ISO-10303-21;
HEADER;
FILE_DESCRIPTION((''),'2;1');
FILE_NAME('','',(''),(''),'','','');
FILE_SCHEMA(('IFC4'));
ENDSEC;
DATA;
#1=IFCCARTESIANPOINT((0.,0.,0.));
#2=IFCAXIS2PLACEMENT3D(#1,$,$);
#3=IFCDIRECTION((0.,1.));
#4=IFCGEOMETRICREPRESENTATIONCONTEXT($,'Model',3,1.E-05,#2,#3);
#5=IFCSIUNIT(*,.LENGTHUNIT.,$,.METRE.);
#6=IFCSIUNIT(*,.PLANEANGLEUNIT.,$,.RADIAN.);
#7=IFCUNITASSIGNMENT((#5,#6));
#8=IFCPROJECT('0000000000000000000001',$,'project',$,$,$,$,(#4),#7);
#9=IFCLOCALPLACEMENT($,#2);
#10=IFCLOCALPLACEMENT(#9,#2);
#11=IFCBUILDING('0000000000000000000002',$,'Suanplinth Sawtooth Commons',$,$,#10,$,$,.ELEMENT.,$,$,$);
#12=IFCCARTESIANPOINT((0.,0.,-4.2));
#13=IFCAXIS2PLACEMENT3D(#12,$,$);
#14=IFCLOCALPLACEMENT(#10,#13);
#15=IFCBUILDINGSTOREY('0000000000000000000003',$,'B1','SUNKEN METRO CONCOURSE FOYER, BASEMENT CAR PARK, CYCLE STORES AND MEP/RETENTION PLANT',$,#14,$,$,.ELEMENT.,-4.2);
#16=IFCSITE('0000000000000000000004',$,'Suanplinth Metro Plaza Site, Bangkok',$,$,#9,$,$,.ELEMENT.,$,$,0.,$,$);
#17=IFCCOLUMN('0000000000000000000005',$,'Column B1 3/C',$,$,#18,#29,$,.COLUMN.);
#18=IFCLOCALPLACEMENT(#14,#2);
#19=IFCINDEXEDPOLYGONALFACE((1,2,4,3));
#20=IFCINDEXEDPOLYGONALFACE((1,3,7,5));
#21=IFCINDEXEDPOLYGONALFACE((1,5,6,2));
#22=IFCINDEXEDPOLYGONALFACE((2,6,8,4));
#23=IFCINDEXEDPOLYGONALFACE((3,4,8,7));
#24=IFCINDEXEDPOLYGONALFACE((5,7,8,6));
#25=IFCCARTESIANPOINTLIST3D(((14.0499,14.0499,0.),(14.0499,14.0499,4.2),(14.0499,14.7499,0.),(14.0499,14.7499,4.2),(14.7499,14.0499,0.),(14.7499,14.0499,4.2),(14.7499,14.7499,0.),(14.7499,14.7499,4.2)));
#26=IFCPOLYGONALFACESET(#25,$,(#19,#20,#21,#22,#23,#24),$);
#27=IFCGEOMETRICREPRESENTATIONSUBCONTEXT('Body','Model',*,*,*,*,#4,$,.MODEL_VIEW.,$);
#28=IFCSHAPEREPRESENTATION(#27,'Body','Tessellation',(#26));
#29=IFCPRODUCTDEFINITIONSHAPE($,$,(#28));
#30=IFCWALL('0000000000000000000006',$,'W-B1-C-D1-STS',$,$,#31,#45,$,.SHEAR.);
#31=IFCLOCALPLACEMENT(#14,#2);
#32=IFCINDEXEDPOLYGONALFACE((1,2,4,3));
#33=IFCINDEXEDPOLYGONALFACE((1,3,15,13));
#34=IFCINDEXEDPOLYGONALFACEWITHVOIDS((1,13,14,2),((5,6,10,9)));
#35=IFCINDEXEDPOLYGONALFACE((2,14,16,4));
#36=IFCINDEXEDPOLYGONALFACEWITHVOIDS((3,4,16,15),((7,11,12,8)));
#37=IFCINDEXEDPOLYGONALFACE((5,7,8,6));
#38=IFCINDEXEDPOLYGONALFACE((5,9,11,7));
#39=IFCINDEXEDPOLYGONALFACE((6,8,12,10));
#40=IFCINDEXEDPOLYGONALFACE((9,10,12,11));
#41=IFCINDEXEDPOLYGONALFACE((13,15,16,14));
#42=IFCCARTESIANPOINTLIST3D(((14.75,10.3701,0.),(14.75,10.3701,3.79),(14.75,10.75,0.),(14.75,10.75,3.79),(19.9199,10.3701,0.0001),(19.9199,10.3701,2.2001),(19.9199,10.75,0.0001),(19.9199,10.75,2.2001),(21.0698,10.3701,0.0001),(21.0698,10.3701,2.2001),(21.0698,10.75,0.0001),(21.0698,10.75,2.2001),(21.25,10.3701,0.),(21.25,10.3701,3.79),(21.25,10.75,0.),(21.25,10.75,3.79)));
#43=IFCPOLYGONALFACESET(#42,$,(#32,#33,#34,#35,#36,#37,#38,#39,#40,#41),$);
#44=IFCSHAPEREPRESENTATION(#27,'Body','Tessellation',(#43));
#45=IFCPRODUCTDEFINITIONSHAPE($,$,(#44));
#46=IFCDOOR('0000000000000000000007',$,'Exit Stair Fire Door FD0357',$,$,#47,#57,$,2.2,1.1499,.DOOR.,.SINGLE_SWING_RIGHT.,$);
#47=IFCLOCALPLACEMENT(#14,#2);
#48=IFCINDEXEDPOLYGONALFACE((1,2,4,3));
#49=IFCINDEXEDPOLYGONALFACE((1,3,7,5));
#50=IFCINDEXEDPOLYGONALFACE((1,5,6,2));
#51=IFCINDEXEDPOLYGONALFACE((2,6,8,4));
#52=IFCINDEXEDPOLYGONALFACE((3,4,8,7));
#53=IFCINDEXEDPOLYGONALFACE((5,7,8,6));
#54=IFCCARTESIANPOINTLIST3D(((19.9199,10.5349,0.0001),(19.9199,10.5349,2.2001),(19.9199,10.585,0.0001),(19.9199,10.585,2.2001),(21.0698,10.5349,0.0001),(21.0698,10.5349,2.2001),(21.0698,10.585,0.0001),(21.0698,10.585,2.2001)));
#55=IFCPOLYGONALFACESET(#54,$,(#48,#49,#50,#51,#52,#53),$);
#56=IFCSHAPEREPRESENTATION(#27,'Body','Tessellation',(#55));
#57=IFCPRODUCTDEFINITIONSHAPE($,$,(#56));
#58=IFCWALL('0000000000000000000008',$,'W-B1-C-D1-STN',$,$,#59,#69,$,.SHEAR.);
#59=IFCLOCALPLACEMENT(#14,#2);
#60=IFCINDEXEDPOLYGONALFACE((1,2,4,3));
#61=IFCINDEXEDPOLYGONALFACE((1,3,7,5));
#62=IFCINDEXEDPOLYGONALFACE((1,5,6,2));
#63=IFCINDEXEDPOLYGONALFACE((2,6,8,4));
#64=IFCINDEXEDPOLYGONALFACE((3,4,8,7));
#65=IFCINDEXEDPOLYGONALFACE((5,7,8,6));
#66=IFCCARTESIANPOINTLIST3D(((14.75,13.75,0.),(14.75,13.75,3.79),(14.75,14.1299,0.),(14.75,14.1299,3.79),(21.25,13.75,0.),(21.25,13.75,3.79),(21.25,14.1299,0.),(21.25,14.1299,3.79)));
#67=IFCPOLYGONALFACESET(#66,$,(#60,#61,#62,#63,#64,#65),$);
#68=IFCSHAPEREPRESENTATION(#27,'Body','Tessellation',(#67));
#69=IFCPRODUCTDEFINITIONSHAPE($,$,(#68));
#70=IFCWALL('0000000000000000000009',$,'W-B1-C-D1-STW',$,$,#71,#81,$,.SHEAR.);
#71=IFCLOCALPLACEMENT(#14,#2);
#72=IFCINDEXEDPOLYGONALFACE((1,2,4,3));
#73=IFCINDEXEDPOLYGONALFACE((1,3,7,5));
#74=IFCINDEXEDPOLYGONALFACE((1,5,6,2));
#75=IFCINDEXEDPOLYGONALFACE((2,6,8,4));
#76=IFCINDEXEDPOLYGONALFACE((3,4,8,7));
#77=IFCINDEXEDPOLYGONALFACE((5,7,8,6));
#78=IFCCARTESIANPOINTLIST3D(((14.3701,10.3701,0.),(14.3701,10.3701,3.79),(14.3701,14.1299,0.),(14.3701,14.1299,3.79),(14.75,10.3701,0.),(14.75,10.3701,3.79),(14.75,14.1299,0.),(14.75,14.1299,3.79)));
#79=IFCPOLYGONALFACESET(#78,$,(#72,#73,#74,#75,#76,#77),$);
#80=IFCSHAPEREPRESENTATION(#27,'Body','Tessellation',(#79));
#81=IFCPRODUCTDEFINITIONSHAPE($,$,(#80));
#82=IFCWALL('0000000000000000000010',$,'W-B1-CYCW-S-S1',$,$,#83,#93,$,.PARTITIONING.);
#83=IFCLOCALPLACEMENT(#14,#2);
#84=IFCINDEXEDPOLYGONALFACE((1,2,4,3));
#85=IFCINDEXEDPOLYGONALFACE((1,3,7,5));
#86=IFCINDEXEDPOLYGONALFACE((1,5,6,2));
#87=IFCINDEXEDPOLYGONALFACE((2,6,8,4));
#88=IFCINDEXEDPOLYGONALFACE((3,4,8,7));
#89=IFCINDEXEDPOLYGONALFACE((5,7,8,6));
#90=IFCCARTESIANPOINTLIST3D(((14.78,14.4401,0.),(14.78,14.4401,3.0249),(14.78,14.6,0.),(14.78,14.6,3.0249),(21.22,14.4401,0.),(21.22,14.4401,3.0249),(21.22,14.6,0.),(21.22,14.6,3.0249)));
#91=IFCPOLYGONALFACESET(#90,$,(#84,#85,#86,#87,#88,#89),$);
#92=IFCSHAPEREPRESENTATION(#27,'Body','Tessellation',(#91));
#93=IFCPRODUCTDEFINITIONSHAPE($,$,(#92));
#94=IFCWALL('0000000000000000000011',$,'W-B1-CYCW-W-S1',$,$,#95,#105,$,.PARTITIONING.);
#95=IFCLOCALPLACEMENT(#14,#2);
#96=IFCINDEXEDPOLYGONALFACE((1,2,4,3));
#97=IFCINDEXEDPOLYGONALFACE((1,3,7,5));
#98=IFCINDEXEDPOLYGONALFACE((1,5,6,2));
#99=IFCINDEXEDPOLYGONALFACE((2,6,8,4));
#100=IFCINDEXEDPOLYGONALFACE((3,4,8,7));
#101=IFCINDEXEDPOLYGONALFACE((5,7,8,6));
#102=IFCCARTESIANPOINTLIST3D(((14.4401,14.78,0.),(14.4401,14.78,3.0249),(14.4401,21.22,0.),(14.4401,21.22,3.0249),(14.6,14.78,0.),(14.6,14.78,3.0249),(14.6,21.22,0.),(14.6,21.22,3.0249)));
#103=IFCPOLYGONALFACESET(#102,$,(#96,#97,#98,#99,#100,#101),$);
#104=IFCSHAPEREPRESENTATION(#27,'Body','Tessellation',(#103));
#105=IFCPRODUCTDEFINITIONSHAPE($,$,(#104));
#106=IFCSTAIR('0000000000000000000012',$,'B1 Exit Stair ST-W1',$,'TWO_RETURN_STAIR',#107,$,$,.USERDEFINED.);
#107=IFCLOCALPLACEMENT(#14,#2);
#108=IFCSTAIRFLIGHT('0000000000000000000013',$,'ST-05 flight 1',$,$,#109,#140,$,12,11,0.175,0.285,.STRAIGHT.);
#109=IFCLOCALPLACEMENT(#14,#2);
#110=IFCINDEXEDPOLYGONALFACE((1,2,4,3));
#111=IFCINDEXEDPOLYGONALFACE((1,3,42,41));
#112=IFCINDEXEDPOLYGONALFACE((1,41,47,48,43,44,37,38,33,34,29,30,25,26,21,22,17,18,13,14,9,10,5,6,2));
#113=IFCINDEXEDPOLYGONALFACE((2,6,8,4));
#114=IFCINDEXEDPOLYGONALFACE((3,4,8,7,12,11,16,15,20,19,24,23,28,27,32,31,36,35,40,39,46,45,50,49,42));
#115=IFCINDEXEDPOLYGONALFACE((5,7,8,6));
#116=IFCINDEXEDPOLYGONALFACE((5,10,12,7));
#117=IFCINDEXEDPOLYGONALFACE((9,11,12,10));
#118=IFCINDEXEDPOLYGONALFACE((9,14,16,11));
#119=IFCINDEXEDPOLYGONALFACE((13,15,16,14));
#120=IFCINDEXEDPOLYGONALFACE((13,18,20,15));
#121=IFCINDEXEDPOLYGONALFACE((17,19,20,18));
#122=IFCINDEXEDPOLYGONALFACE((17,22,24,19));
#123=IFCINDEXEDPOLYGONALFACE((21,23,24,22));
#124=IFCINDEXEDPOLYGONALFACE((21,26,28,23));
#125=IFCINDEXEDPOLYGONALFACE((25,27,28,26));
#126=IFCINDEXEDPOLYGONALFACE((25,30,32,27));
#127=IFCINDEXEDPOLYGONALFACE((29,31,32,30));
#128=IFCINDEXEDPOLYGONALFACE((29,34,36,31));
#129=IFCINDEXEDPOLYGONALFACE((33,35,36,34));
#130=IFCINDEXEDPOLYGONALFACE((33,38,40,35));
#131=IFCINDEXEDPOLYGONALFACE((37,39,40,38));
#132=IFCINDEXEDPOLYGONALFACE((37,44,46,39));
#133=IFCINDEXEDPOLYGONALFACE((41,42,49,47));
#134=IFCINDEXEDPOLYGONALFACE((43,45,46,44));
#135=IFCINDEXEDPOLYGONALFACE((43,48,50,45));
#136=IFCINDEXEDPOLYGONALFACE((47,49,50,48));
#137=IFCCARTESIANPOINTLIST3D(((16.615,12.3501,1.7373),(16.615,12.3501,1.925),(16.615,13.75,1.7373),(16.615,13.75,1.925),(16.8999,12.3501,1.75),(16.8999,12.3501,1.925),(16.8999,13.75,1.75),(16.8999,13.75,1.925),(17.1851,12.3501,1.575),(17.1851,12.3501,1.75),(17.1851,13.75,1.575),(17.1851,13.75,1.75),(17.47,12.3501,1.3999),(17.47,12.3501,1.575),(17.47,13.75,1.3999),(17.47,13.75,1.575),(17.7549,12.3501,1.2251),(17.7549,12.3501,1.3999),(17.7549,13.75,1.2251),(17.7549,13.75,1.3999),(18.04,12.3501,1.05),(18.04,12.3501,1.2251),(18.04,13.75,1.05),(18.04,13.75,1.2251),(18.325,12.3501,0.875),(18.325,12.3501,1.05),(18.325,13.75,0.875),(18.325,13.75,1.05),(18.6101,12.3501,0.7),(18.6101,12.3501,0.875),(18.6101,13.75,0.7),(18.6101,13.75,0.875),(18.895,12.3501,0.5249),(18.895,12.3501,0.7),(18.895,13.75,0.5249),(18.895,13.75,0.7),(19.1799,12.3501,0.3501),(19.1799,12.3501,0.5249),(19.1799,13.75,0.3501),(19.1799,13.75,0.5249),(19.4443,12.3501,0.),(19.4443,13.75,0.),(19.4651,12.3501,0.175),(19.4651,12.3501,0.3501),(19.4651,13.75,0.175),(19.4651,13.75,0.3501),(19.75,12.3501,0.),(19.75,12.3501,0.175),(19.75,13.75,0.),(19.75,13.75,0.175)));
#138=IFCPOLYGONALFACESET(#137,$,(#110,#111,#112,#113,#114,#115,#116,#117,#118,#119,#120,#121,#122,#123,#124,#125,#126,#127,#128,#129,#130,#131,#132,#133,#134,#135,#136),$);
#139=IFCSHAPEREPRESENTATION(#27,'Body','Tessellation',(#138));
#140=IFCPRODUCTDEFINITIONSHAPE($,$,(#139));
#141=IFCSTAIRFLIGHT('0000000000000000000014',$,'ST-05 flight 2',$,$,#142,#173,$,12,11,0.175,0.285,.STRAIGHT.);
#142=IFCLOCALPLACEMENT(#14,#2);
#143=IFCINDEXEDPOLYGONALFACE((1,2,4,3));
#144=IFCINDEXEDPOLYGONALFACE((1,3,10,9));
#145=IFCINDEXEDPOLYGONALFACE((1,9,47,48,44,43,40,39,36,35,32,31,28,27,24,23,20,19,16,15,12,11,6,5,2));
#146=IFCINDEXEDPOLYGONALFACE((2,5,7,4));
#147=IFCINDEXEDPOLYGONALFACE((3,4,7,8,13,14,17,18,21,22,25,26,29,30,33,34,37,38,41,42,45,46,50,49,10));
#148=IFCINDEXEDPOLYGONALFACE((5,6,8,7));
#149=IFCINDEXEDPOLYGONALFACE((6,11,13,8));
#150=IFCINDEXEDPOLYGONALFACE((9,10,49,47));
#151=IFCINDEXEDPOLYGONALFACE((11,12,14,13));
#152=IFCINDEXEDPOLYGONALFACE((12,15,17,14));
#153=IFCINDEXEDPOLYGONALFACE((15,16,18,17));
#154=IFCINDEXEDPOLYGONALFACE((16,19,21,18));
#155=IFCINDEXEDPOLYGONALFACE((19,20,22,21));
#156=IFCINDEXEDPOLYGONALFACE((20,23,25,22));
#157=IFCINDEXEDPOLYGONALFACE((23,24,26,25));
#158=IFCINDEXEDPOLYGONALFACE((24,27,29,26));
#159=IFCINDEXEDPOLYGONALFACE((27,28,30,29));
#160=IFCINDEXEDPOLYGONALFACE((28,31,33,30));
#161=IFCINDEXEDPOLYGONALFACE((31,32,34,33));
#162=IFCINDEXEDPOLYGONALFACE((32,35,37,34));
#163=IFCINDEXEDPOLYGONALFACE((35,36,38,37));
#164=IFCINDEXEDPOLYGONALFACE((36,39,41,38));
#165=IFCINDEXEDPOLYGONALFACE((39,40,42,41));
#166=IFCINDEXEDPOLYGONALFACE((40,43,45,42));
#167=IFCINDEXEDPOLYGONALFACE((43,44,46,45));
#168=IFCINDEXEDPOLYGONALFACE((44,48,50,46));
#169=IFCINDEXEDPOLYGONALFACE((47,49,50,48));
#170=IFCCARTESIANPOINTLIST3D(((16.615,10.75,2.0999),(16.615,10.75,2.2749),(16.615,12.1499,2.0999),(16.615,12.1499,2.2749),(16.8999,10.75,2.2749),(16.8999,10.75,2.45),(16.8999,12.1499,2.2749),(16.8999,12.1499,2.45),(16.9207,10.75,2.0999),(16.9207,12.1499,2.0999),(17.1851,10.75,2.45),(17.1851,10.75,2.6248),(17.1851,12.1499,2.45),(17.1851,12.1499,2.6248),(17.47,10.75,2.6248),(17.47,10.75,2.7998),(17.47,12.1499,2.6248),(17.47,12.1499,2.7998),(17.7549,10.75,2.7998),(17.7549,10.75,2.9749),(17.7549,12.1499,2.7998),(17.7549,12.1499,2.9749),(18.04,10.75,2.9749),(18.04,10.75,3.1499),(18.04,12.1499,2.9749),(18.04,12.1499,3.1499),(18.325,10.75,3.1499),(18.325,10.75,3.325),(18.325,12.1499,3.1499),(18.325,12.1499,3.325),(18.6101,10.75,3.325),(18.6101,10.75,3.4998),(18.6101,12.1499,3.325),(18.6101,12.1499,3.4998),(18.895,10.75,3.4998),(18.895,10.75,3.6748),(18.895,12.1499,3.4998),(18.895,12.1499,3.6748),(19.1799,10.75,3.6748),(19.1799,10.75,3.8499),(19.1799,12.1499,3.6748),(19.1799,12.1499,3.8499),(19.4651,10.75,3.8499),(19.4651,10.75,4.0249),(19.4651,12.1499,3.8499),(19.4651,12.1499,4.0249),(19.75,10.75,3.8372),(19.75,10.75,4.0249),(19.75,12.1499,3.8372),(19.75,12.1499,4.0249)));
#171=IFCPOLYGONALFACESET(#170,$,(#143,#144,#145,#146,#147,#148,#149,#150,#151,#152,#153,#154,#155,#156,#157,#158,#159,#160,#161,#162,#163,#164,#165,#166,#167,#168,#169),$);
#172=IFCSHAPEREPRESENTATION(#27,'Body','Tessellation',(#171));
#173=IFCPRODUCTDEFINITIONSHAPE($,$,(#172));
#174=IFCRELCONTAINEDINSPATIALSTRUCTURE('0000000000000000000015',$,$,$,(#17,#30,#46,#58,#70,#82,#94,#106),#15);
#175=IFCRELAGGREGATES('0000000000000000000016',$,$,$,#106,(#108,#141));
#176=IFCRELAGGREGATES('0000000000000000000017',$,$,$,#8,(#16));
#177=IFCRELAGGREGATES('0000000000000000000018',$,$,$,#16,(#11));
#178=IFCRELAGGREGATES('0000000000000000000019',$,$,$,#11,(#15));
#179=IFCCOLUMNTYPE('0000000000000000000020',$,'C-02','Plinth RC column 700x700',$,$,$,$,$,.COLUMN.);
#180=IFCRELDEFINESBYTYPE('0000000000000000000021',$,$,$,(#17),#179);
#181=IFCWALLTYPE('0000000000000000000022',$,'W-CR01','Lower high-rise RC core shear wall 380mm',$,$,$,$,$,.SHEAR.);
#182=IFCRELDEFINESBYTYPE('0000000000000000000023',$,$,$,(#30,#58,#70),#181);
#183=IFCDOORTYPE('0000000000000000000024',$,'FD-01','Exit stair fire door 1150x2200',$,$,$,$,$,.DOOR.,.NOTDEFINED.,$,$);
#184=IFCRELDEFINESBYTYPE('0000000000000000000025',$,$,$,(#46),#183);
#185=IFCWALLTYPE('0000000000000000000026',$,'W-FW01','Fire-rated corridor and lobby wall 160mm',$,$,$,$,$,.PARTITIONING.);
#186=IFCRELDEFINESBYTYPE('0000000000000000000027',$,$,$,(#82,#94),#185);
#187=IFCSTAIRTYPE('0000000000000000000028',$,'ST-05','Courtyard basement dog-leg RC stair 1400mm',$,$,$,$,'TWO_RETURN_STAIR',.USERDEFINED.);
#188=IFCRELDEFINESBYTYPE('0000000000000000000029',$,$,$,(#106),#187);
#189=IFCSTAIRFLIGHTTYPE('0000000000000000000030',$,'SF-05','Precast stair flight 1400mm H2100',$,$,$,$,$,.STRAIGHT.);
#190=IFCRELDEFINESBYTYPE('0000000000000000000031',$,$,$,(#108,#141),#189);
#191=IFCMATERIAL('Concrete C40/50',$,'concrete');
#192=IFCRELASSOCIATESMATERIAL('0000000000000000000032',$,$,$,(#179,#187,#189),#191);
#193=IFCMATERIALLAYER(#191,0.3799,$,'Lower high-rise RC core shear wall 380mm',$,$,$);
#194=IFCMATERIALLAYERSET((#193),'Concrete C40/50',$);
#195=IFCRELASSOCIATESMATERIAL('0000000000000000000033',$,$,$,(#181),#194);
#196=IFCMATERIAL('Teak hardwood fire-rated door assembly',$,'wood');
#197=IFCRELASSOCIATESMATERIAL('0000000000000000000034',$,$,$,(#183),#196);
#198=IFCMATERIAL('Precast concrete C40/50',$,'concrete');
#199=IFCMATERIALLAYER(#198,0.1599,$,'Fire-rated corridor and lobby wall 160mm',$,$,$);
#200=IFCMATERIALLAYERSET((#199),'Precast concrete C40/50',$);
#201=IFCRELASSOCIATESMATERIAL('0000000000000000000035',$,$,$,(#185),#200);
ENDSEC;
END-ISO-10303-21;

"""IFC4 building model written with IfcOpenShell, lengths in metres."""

from ifc_helpers import new_model, si_unit, direction, frame, frame_2d, origin, origin_2d, place, context, subcontext, project, spatial, polyline, rectangle, outline, extrude, material, layer, layer_set, material_profile, profile_set, type_object, element, fill, aggregate, save


model = new_model("IFC4")

# Units and contexts
model_context = context("Model", 3, precision=1e-05, world=origin(), true_north=direction((0.0, 1.0)))
body_context = subcontext(model_context, "Body", "Model", "MODEL_VIEW")
ifc_project = project(units=[si_unit("LENGTHUNIT", "METRE"), si_unit("PLANEANGLEUNIT", "RADIAN")], contexts=[model_context])

# Site, building, storey
site_placement = place(None, origin())
site = spatial("IfcSite", under=ifc_project, at=site_placement, Name="Suanplinth Metro Plaza Site, Bangkok", CompositionType="ELEMENT", RefElevation=0.0)
building_placement = place(site_placement, origin())
building = spatial("IfcBuilding", under=site, at=building_placement, Name="Suanplinth Sawtooth Commons", CompositionType="ELEMENT")
storey_placement = place(building_placement, frame((0.0, 0.0, -4.2)))
storey = spatial("IfcBuildingStorey", under=building, at=storey_placement, Name="B1", Description="SUNKEN METRO CONCOURSE FOYER, BASEMENT CAR PARK, CYCLE STORES AND MEP/RETENTION PLANT", CompositionType="ELEMENT", Elevation=-4.2)

# Column
ifc_material_1 = material(Name="Concrete C40/50", Category="concrete")
ifc_material_profile_1 = material_profile(ifc_material_1, rectangle(XDim=0.7, YDim=0.7, at=origin_2d()), Name="RC-COL 700x700")
ifc_profile_set_1 = profile_set([ifc_material_profile_1], Name="Concrete C40/50")
column_type = type_object("IfcColumnType", Name="C-02", Description="Plinth RC column 700x700", PredefinedType="COLUMN", material=ifc_profile_set_1)
column_placement = place(storey_placement, frame((14.3999, 14.3999, 0.0), z_axis=(0.0, 0.0, 1.0), x_axis=(1.0, 0.0, 0.0)))
element("IfcColumn", 1, at=column_placement, inside=storey, type_object=column_type, Name="Column B1 3/C", PredefinedType="COLUMN", context=body_context, shape_type="SweptSolid", body=[
    extrude(rectangle(XDim=0.7, YDim=0.7, at=origin_2d()), origin(), (0.0, 0.0, 1.0), 4.2),
])

# Wall, opening, door
ifc_layer_1 = layer(ifc_material_1, 0.3799, Name="Lower high-rise RC core shear wall 380mm")
ifc_layer_set_1 = layer_set([ifc_layer_1], Name="Concrete C40/50")
wall_type_1 = type_object("IfcWallType", Name="W-CR01", Description="Lower high-rise RC core shear wall 380mm", PredefinedType="SHEAR", material=ifc_layer_set_1)
wall_1_placement = place(storey_placement, frame((14.75, 10.5601, 0.0), z_axis=(0.0, 0.0, 1.0), x_axis=(1.0, 0.0, 0.0)))
wall_1 = element("IfcWall", 2, at=wall_1_placement, inside=storey, type_object=wall_type_1, Name="W-B1-C-D1-STS", PredefinedType="SHEAR", context=body_context, shape_type="SweptSolid", body=[
    extrude(rectangle(XDim=6.5, YDim=0.3799, at=frame_2d((3.25, 0.0))), origin(), (0.0, 0.0, 1.0), 3.79),
])
opening_placement = place(wall_1_placement, frame((5.1699, 0.0, 0.0)))
opening = element("IfcOpeningElement", 3, at=opening_placement, cuts=wall_1, PredefinedType="OPENING", context=body_context, shape_type="SweptSolid", body=[
    extrude(rectangle(XDim=1.1499, YDim=2.2, at=frame_2d((0.575, 1.1001))), frame((0.0, 0.2048, 0.0), z_axis=(0.0, -1.0, 0.0), x_axis=(1.0, 0.0, 0.0)), (0.0, 0.0, 1.0), 0.4097),
])
ifc_material_2 = material(Name="Teak hardwood fire-rated door assembly", Category="wood")
door_type = type_object("IfcDoorType", Name="FD-01", Description="Exit stair fire door 1150x2200", OperationType="NOTDEFINED", PredefinedType="DOOR", material=ifc_material_2)
door_placement = place(opening_placement, origin())
door = element("IfcDoor", 4, at=door_placement, inside=storey, type_object=door_type, Name="Exit Stair Fire Door FD0357", OperationType="SINGLE_SWING_RIGHT", OverallHeight=2.2, OverallWidth=1.1499, PredefinedType="DOOR", context=body_context, shape_type="SweptSolid", body=[
    extrude(rectangle(XDim=1.1499, YDim=2.2, at=frame_2d((0.575, 1.1001))), frame((0.0, 0.0249, 0.0), z_axis=(0.0, -1.0, 0.0), x_axis=(1.0, 0.0, 0.0)), (0.0, 0.0, 1.0), 0.05),
])
fill(opening, door)

# Walls
wall_2_placement = place(storey_placement, frame((14.75, 13.9399, 0.0), z_axis=(0.0, 0.0, 1.0), x_axis=(1.0, 0.0, 0.0)))
element("IfcWall", 5, at=wall_2_placement, inside=storey, type_object=wall_type_1, Name="W-B1-C-D1-STN", PredefinedType="SHEAR", context=body_context, shape_type="SweptSolid", body=[
    extrude(rectangle(XDim=6.5, YDim=0.3799, at=frame_2d((3.25, 0.0))), origin(), (0.0, 0.0, 1.0), 3.79),
])
wall_3_placement = place(storey_placement, frame((14.5601, 10.3701, 0.0), z_axis=(0.0, 0.0, 1.0), x_axis=(0.0, 1.0, 0.0)))
element("IfcWall", 6, at=wall_3_placement, inside=storey, type_object=wall_type_1, Name="W-B1-C-D1-STW", PredefinedType="SHEAR", context=body_context, shape_type="SweptSolid", body=[
    extrude(rectangle(XDim=3.7598, YDim=0.3799, at=frame_2d((1.8799, 0.0))), origin(), (0.0, 0.0, 1.0), 3.79),
])
ifc_material_3 = material(Name="Precast concrete C40/50", Category="concrete")
ifc_layer_2 = layer(ifc_material_3, 0.1599, Name="Fire-rated corridor and lobby wall 160mm")
ifc_layer_set_2 = layer_set([ifc_layer_2], Name="Precast concrete C40/50")
wall_type_2 = type_object("IfcWallType", Name="W-FW01", Description="Fire-rated corridor and lobby wall 160mm", PredefinedType="PARTITIONING", material=ifc_layer_set_2)
for number, where, z_axis, x_axis, name in (
    (7, (14.78, 14.52, 0.0), (0.0, 0.0, 1.0), (1.0, 0.0, 0.0), "W-B1-CYCW-S-S1"),
    (8, (14.52, 14.78, 0.0), (0.0, 0.0, 1.0), (0.0, 1.0, 0.0), "W-B1-CYCW-W-S1"),
):
    element("IfcWall", number, at=place(storey_placement, frame(where, z_axis=z_axis, x_axis=x_axis)), inside=storey, type_object=wall_type_2, Name=name, PredefinedType="PARTITIONING", context=body_context, shape_type="SweptSolid", body=[
        extrude(rectangle(XDim=6.4399, YDim=0.1599, at=frame_2d((3.22, 0.0))), origin(), (0.0, 0.0, 1.0), 3.0249),
    ])

# Stair, stair flights
stair_type = type_object("IfcStairType", Name="ST-05", Description="Courtyard basement dog-leg RC stair 1400mm", ElementType="TWO_RETURN_STAIR", PredefinedType="USERDEFINED", material=ifc_material_1)
stair_placement = place(storey_placement, origin())
stair = element("IfcStair", 9, at=stair_placement, inside=storey, type_object=stair_type, Name="B1 Exit Stair ST-W1", ObjectType="TWO_RETURN_STAIR", PredefinedType="USERDEFINED")
stair_flight_type = type_object("IfcStairFlightType", Name="SF-05", Description="Precast stair flight 1400mm H2100", PredefinedType="STRAIGHT", material=ifc_material_1)
stair_flight_1_placement = place(storey_placement, frame((19.75, 13.05, 0.0), z_axis=(0.0, 0.0, 1.0), x_axis=(-1.0, 0.0, 0.0)))
stair_flight_1 = element("IfcStairFlight", 10, at=stair_flight_1_placement, type_object=stair_flight_type, Name="ST-05 flight 1", NumberOfRisers=12, NumberOfTreads=11, PredefinedType="STRAIGHT", RiserHeight=0.175, TreadLength=0.285, context=body_context, shape_type="SweptSolid", body=[
    extrude(outline(polyline([(0.0, 0.0), (0.0, 0.175), (0.2849, 0.175), (0.2849, 0.3501), (0.5701, 0.3501), (0.5701, 0.5249), (0.855, 0.5249), (0.855, 0.7), (1.1399, 0.7), (1.1399, 0.875), (1.425, 0.875), (1.425, 1.05), (1.71, 1.05), (1.71, 1.2251), (1.9951, 1.2251), (1.9951, 1.3999), (2.28, 1.3999), (2.28, 1.575), (2.5649, 1.575), (2.5649, 1.75), (2.8501, 1.75), (2.8501, 1.925), (3.135, 1.925), (3.135, 2.1001), (3.135, 1.7373), (0.3057, 0.0), (0.0, 0.0)])), frame((0.0, 0.7, 0.0), z_axis=(0.0, -1.0, 0.0), x_axis=(1.0, 0.0, 0.0)), (0.0, 0.0, 1.0), 1.3999),
])
stair_flight_2_placement = place(storey_placement, frame((16.615, 11.45, 2.0999), z_axis=(0.0, 0.0, 1.0), x_axis=(1.0, 0.0, 0.0)))
stair_flight_2 = element("IfcStairFlight", 11, at=stair_flight_2_placement, type_object=stair_flight_type, Name="ST-05 flight 2", NumberOfRisers=12, NumberOfTreads=11, PredefinedType="STRAIGHT", RiserHeight=0.175, TreadLength=0.285, context=body_context, shape_type="SweptSolid", body=[
    extrude(outline(polyline([(0.0, 0.0), (0.0, 0.175), (0.2849, 0.175), (0.2849, 0.3501), (0.5701, 0.3501), (0.5701, 0.5249), (0.855, 0.5249), (0.855, 0.7), (1.1399, 0.7), (1.1399, 0.875), (1.425, 0.875), (1.425, 1.05), (1.71, 1.05), (1.71, 1.2251), (1.9951, 1.2251), (1.9951, 1.3999), (2.28, 1.3999), (2.28, 1.575), (2.5649, 1.575), (2.5649, 1.75), (2.8501, 1.75), (2.8501, 1.925), (3.135, 1.925), (3.135, 2.1001), (3.135, 1.7373), (0.3057, 0.0), (0.0, 0.0)])), frame((0.0, 0.7, 0.0), z_axis=(0.0, -1.0, 0.0), x_axis=(1.0, 0.0, 0.0)), (0.0, 0.0, 1.0), 1.3999),
])
aggregate(stair, [stair_flight_1, stair_flight_2])

save(model, "model.ifc")
